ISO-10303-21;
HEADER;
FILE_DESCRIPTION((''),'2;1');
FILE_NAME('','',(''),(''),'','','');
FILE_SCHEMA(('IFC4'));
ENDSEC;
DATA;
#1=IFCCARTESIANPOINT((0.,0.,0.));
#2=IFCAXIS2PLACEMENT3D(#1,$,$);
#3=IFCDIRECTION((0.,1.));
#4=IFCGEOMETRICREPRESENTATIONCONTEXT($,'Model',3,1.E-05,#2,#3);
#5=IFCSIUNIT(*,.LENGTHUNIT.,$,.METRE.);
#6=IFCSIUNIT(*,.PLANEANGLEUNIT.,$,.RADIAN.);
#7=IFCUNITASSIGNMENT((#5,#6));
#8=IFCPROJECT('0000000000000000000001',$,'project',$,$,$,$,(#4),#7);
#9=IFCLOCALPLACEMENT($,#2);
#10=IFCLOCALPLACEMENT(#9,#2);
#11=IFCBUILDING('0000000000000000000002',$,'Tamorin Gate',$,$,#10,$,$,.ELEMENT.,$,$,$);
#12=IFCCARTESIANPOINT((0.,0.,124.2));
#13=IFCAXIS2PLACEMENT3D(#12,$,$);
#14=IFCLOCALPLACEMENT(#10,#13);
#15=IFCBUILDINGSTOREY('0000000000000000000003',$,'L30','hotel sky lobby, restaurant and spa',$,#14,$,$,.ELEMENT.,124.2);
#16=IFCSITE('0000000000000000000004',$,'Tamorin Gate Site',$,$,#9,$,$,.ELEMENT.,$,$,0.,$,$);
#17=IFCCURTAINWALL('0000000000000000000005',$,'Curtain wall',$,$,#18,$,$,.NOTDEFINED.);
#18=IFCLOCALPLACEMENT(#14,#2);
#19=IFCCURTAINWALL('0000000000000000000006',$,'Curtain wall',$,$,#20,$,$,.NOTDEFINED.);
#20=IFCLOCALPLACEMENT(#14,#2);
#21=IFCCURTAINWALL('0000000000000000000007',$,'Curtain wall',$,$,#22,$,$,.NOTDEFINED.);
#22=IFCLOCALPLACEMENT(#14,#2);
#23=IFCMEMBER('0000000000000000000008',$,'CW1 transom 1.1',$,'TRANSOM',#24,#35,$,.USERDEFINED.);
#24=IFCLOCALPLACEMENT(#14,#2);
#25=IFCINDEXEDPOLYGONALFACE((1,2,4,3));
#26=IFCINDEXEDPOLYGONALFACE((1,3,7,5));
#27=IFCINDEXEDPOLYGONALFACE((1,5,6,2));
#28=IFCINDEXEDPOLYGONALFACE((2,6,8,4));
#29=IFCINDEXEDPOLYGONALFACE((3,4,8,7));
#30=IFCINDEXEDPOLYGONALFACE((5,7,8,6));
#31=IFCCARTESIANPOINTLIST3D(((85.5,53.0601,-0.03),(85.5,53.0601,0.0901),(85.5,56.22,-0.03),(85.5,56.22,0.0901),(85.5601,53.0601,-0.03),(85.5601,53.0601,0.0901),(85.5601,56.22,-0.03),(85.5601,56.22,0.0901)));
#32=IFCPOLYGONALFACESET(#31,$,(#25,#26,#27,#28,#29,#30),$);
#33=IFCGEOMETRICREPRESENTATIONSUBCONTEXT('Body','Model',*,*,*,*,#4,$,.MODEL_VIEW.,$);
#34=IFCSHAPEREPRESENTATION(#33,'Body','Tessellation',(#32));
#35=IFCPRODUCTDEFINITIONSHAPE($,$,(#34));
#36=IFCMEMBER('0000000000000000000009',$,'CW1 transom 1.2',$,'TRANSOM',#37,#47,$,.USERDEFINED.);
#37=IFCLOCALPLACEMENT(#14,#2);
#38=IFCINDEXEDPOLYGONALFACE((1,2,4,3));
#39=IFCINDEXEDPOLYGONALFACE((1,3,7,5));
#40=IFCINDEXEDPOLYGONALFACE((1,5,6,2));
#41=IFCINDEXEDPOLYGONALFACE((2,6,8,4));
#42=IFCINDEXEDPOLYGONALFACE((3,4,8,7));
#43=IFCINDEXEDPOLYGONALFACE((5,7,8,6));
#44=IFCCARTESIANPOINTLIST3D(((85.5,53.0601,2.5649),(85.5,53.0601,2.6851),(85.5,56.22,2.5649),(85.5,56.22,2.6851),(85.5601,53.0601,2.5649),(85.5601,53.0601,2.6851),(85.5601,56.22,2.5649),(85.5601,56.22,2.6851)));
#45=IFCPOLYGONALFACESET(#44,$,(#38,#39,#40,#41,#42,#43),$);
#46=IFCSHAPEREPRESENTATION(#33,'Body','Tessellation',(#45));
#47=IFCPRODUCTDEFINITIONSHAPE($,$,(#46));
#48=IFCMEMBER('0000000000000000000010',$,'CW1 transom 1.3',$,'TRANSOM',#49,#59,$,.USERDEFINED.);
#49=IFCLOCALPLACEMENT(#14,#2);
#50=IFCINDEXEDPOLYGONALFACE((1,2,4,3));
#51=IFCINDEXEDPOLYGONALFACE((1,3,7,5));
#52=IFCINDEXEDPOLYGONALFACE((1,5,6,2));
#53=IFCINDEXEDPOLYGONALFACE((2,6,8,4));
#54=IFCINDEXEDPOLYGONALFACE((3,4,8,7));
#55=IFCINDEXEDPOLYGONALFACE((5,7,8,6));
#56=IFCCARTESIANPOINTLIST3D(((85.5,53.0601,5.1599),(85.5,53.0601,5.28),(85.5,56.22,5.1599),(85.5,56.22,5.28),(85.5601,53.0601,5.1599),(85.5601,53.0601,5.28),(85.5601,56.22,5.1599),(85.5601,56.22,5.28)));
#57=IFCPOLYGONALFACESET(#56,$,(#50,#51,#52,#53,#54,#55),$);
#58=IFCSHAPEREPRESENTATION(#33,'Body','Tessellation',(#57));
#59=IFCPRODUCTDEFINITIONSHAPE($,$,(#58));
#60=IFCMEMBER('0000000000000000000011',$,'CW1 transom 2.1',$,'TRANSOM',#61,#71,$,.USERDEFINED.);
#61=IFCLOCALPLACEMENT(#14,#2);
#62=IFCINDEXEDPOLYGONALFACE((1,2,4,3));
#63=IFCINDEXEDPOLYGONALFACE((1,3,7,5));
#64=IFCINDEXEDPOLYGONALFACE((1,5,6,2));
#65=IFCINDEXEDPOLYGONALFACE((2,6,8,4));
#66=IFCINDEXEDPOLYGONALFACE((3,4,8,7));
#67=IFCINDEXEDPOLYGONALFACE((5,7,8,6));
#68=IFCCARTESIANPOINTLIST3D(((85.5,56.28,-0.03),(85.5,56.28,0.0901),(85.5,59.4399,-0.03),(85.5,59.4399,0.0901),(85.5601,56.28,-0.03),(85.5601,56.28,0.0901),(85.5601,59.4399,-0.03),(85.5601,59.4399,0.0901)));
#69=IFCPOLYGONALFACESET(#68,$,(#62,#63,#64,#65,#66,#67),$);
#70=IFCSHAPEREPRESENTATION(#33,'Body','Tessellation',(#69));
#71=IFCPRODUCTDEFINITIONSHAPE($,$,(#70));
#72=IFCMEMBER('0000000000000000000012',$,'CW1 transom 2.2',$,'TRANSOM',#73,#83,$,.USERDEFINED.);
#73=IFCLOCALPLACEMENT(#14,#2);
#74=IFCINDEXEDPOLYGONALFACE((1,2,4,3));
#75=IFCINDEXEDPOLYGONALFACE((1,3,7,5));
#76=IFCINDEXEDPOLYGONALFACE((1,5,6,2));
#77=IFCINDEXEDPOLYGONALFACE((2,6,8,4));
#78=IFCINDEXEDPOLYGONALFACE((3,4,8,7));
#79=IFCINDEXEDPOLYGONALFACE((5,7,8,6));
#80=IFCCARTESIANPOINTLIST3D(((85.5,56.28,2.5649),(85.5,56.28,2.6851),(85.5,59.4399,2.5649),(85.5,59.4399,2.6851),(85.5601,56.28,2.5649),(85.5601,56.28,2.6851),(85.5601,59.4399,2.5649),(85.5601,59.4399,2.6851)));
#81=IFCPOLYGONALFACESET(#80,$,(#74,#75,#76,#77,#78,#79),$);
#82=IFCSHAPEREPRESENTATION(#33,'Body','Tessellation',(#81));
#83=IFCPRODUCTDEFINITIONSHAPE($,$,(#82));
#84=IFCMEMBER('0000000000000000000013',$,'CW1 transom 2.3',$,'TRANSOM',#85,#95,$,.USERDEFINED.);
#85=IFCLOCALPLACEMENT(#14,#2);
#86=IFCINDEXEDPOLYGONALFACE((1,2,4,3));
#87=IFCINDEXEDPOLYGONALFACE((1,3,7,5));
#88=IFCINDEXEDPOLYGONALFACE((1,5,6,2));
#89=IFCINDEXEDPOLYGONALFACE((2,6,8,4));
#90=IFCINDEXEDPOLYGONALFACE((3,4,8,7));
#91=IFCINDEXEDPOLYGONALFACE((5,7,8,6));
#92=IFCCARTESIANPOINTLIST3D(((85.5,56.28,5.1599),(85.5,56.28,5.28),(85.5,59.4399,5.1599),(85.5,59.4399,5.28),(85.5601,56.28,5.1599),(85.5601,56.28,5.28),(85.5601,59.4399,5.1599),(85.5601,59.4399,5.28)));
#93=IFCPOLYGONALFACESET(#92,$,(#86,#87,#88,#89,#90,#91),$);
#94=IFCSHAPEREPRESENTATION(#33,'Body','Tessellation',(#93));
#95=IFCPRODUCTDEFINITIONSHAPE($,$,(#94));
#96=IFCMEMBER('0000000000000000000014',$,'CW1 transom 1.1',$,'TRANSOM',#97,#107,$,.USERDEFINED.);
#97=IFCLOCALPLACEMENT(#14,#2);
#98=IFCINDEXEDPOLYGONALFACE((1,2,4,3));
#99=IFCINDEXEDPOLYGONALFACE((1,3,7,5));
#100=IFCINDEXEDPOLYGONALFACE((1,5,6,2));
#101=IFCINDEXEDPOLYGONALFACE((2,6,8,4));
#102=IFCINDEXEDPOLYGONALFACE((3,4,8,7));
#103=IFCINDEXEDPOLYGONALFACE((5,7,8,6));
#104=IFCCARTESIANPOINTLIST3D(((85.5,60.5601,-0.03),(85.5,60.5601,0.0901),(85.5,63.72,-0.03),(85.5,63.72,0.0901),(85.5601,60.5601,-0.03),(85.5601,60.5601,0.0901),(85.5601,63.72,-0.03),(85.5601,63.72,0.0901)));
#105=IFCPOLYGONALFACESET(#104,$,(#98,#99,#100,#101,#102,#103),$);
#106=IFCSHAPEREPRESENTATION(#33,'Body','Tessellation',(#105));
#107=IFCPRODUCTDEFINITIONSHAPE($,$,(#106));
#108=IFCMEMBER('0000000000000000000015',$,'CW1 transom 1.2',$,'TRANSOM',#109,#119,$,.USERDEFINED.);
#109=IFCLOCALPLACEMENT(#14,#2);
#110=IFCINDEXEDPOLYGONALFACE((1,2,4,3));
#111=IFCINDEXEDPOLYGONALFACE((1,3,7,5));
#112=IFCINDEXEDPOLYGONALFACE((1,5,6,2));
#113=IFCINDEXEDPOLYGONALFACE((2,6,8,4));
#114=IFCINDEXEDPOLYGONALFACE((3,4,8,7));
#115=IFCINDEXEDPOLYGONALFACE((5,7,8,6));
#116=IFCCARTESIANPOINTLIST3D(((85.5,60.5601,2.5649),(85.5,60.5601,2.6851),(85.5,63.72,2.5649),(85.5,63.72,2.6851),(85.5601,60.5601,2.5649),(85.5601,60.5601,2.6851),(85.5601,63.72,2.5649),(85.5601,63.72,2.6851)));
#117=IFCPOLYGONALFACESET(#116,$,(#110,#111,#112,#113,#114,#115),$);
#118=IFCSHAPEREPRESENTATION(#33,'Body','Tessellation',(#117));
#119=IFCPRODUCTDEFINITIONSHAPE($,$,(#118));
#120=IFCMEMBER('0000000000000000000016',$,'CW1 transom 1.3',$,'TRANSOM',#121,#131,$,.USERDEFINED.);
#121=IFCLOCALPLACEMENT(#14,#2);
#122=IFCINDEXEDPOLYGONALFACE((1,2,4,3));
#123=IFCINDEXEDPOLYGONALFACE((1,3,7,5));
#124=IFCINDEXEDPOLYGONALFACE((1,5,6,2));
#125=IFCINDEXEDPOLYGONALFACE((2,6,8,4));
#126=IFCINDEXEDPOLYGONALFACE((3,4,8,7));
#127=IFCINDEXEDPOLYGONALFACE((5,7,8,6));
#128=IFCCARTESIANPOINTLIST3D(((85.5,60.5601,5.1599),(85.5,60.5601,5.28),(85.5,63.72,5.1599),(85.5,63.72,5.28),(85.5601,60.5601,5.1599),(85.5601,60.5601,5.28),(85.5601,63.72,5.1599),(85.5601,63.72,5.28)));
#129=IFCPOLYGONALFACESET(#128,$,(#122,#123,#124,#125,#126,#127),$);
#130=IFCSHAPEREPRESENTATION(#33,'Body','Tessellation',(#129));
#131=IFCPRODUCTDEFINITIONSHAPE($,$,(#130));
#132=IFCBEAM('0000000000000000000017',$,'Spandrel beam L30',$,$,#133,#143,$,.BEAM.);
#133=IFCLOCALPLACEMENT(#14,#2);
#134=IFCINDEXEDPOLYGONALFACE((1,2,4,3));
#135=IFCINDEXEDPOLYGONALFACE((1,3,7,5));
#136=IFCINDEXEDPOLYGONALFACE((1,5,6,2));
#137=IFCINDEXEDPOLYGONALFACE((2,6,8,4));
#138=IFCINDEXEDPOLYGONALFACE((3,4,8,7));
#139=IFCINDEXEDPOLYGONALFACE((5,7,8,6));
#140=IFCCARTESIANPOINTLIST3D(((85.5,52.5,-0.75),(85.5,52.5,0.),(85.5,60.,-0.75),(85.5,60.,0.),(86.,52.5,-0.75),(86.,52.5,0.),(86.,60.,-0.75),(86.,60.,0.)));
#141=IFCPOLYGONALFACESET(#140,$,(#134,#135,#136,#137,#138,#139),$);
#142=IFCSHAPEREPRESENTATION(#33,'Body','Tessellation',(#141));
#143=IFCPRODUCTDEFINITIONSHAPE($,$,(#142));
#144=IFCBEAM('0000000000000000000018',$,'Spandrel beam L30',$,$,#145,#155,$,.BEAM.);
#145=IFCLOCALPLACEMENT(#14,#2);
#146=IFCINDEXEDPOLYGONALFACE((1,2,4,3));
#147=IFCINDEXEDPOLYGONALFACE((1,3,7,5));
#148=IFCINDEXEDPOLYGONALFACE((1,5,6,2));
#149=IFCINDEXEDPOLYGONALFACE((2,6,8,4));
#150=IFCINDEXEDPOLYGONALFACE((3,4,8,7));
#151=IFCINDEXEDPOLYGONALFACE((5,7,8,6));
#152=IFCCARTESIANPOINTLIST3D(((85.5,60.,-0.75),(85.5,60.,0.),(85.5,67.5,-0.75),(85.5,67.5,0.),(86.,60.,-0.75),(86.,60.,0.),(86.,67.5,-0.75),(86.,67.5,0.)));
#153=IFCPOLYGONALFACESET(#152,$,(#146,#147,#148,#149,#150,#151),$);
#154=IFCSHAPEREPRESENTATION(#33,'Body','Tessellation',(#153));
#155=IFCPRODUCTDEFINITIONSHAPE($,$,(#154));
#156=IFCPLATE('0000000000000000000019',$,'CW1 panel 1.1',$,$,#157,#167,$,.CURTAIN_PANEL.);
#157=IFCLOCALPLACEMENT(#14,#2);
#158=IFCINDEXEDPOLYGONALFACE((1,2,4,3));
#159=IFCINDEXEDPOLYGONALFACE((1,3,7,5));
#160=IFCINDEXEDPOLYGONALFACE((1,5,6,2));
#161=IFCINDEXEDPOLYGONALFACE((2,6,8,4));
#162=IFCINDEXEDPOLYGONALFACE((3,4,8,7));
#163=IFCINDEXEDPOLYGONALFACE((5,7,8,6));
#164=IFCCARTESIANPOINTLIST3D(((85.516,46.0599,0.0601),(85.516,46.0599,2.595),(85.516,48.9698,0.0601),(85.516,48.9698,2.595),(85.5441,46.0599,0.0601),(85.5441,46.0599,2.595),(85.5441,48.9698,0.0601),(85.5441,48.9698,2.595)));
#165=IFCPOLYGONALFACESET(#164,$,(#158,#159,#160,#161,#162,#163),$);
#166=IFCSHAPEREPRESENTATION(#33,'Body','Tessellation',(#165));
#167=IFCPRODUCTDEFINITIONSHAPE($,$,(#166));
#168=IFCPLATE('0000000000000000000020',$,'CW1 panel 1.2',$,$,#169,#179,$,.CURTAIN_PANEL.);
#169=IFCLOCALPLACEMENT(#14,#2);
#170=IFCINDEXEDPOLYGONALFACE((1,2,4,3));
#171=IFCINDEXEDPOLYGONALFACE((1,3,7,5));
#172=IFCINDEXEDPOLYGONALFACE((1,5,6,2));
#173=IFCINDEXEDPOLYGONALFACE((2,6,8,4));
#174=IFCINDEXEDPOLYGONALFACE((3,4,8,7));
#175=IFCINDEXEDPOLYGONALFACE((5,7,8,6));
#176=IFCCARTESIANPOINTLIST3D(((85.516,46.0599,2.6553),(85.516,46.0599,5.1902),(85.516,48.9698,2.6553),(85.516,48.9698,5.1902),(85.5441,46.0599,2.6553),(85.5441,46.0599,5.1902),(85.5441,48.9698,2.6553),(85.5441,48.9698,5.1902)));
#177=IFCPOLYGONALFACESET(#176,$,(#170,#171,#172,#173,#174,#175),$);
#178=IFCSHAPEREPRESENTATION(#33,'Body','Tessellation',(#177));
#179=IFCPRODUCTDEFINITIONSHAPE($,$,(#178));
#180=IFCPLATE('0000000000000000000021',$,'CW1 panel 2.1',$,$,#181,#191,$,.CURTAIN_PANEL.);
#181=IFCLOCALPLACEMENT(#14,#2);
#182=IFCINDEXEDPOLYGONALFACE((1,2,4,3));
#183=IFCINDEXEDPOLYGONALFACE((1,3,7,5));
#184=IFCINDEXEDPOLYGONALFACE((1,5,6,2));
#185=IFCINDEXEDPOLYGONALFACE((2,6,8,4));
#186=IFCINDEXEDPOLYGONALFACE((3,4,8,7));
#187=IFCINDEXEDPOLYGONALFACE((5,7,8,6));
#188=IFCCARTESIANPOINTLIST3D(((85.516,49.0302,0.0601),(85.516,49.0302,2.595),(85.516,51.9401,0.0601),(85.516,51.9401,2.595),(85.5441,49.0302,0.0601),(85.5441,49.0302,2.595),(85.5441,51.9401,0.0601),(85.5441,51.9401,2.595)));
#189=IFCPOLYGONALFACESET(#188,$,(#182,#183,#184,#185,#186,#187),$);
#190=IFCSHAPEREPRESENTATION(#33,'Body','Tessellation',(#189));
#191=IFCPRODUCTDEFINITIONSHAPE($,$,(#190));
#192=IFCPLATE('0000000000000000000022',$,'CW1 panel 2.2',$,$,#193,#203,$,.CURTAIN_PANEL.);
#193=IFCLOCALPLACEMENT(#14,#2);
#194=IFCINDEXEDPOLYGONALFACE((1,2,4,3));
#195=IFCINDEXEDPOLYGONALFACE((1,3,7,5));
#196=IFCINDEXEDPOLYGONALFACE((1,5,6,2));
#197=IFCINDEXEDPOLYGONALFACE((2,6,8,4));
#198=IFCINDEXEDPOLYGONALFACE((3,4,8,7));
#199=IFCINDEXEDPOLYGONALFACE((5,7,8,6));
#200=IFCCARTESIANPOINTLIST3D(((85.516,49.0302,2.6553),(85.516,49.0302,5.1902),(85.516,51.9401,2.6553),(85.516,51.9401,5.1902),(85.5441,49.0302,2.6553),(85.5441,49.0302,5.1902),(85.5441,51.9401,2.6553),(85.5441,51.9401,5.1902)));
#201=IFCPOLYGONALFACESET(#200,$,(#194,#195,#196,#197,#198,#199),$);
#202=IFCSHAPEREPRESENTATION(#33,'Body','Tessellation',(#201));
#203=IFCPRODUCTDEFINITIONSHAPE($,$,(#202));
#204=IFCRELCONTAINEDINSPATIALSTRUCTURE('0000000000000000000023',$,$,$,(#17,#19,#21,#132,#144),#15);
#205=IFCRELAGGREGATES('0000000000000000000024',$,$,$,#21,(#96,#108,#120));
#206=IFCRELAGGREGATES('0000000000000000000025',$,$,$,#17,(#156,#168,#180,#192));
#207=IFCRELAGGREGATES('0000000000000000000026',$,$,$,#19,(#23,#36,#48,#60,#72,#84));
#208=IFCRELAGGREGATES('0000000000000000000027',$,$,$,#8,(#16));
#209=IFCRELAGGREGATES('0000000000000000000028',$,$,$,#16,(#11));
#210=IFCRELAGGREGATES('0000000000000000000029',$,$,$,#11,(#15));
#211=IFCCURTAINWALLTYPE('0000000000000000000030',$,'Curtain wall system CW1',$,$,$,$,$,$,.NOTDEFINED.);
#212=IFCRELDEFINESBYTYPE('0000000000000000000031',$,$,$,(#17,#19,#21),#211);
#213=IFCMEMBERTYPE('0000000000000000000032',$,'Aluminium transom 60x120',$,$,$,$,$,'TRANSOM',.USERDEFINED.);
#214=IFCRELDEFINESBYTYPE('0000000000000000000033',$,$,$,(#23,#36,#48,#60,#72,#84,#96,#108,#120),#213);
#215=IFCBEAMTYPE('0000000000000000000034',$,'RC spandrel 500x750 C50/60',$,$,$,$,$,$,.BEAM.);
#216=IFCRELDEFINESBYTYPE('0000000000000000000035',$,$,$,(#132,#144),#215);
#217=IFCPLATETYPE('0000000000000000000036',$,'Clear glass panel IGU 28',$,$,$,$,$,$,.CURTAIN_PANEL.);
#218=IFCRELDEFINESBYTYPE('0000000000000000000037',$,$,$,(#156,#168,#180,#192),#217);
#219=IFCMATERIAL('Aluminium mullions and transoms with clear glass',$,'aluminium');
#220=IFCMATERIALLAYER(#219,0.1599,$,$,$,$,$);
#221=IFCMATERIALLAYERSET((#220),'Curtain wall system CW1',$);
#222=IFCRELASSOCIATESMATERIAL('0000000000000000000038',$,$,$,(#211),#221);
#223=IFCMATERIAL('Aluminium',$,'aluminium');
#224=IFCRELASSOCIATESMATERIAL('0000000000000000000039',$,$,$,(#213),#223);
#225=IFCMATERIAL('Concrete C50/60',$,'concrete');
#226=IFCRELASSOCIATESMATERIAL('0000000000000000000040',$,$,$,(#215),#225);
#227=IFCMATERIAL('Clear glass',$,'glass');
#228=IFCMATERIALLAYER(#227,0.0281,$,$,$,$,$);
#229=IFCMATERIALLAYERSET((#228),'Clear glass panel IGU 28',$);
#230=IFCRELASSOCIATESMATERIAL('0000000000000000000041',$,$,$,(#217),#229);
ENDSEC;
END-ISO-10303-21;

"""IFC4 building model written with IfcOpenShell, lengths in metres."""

from ifc_helpers import new_model, si_unit, direction, frame, origin, origin_2d, place, context, subcontext, project, spatial, rectangle, extrude, material, layer, layer_set, material_profile, profile_set, type_object, element, aggregate, save


model = new_model("IFC4")

# Units and contexts
model_context = context("Model", 3, precision=1e-05, world=origin(), true_north=direction((0.0, 1.0)))
body_context = subcontext(model_context, "Body", "Model", "MODEL_VIEW")
ifc_project = project(units=[si_unit("LENGTHUNIT", "METRE"), si_unit("PLANEANGLEUNIT", "RADIAN")], contexts=[model_context])

# Site, building, storey
site_placement = place(None, origin())
site = spatial("IfcSite", under=ifc_project, at=site_placement, Name="Tamorin Gate Site", CompositionType="ELEMENT", RefElevation=0.0)
building_placement = place(site_placement, origin())
building = spatial("IfcBuilding", under=site, at=building_placement, Name="Tamorin Gate", CompositionType="ELEMENT")
storey_placement = place(building_placement, frame((0.0, 0.0, 124.2)))
storey = spatial("IfcBuildingStorey", under=building, at=storey_placement, Name="L30", Description="hotel sky lobby, restaurant and spa", CompositionType="ELEMENT", Elevation=124.2)

# Curtain walls
ifc_material_1 = material(Name="Aluminium mullions and transoms with clear glass", Category="aluminium")
ifc_layer_1 = layer(ifc_material_1, 0.1599)
ifc_layer_set_1 = layer_set([ifc_layer_1], Name="Curtain wall system CW1")
curtain_wall_type = type_object("IfcCurtainWallType", Name="Curtain wall system CW1", PredefinedType="NOTDEFINED", material=ifc_layer_set_1)
curtain_wall_1_placement = place(storey_placement, origin())
curtain_wall_1 = element("IfcCurtainWall", 1, at=curtain_wall_1_placement, inside=storey, type_object=curtain_wall_type, Name="Curtain wall", PredefinedType="NOTDEFINED")
ifc_material_2 = material(Name="Aluminium", Category="aluminium")
curtain_wall_2_placement = place(storey_placement, origin())
curtain_wall_2 = element("IfcCurtainWall", 2, at=curtain_wall_2_placement, inside=storey, type_object=curtain_wall_type, Name="Curtain wall", PredefinedType="NOTDEFINED")

# Curtain wall
curtain_wall_3_placement = place(storey_placement, origin())
curtain_wall_3 = element("IfcCurtainWall", 3, at=curtain_wall_3_placement, inside=storey, type_object=curtain_wall_type, Name="Curtain wall", PredefinedType="NOTDEFINED")

# Members
ifc_material_profile_1 = material_profile(ifc_material_2, rectangle(XDim=0.0601, YDim=0.1201, at=origin_2d()), Name="RECT 60x120")
ifc_profile_set_1 = profile_set([ifc_material_profile_1], Name="Aluminium")
member_type_1 = type_object("IfcMemberType", Name="Aluminium transom 60x120", ElementType="TRANSOM", PredefinedType="USERDEFINED", material=ifc_profile_set_1)
member_1_placement = place(storey_placement, frame((85.53, 53.0601, 0.03), z_axis=(0.0, 1.0, 0.0), x_axis=(-1.0, 0.0, 0.0)))
member_1 = element("IfcMember", 4, at=member_1_placement, type_object=member_type_1, Name="CW1 transom 1.1", ObjectType="TRANSOM", PredefinedType="USERDEFINED", context=body_context, shape_type="SweptSolid", body=[
    extrude(rectangle(XDim=0.0601, YDim=0.1201, at=origin_2d()), origin(), (0.0, 0.0, 1.0), 3.1599),
])
member_2_placement = place(storey_placement, frame((85.53, 53.0601, 2.625), z_axis=(0.0, 1.0, 0.0), x_axis=(-1.0, 0.0, 0.0)))
member_2 = element("IfcMember", 5, at=member_2_placement, type_object=member_type_1, Name="CW1 transom 1.2", ObjectType="TRANSOM", PredefinedType="USERDEFINED", context=body_context, shape_type="SweptSolid", body=[
    extrude(rectangle(XDim=0.0601, YDim=0.1201, at=origin_2d()), origin(), (0.0, 0.0, 1.0), 3.1599),
])
member_3_placement = place(storey_placement, frame((85.53, 53.0601, 5.22), z_axis=(0.0, 1.0, 0.0), x_axis=(-1.0, 0.0, 0.0)))
member_3 = element("IfcMember", 6, at=member_3_placement, type_object=member_type_1, Name="CW1 transom 1.3", ObjectType="TRANSOM", PredefinedType="USERDEFINED", context=body_context, shape_type="SweptSolid", body=[
    extrude(rectangle(XDim=0.0601, YDim=0.1201, at=origin_2d()), origin(), (0.0, 0.0, 1.0), 3.1599),
])
member_4_placement = place(storey_placement, frame((85.53, 56.28, 0.03), z_axis=(0.0, 1.0, 0.0), x_axis=(-1.0, 0.0, 0.0)))
member_4 = element("IfcMember", 7, at=member_4_placement, type_object=member_type_1, Name="CW1 transom 2.1", ObjectType="TRANSOM", PredefinedType="USERDEFINED", context=body_context, shape_type="SweptSolid", body=[
    extrude(rectangle(XDim=0.0601, YDim=0.1201, at=origin_2d()), origin(), (0.0, 0.0, 1.0), 3.1599),
])
member_5_placement = place(storey_placement, frame((85.53, 56.28, 2.625), z_axis=(0.0, 1.0, 0.0), x_axis=(-1.0, 0.0, 0.0)))
member_5 = element("IfcMember", 8, at=member_5_placement, type_object=member_type_1, Name="CW1 transom 2.2", ObjectType="TRANSOM", PredefinedType="USERDEFINED", context=body_context, shape_type="SweptSolid", body=[
    extrude(rectangle(XDim=0.0601, YDim=0.1201, at=origin_2d()), origin(), (0.0, 0.0, 1.0), 3.1599),
])
member_6_placement = place(storey_placement, frame((85.53, 56.28, 5.22), z_axis=(0.0, 1.0, 0.0), x_axis=(-1.0, 0.0, 0.0)))
member_6 = element("IfcMember", 9, at=member_6_placement, type_object=member_type_1, Name="CW1 transom 2.3", ObjectType="TRANSOM", PredefinedType="USERDEFINED", context=body_context, shape_type="SweptSolid", body=[
    extrude(rectangle(XDim=0.0601, YDim=0.1201, at=origin_2d()), origin(), (0.0, 0.0, 1.0), 3.1599),
])
member_7_placement = place(storey_placement, frame((85.53, 60.5601, 0.03), z_axis=(0.0, 1.0, 0.0), x_axis=(-1.0, 0.0, 0.0)))
member_7 = element("IfcMember", 10, at=member_7_placement, type_object=member_type_1, Name="CW1 transom 1.1", ObjectType="TRANSOM", PredefinedType="USERDEFINED", context=body_context, shape_type="SweptSolid", body=[
    extrude(rectangle(XDim=0.0601, YDim=0.1201, at=origin_2d()), origin(), (0.0, 0.0, 1.0), 3.1599),
])
member_8_placement = place(storey_placement, frame((85.53, 60.5601, 2.625), z_axis=(0.0, 1.0, 0.0), x_axis=(-1.0, 0.0, 0.0)))
member_8 = element("IfcMember", 11, at=member_8_placement, type_object=member_type_1, Name="CW1 transom 1.2", ObjectType="TRANSOM", PredefinedType="USERDEFINED", context=body_context, shape_type="SweptSolid", body=[
    extrude(rectangle(XDim=0.0601, YDim=0.1201, at=origin_2d()), origin(), (0.0, 0.0, 1.0), 3.1599),
])
member_9_placement = place(storey_placement, frame((85.53, 60.5601, 5.22), z_axis=(0.0, 1.0, 0.0), x_axis=(-1.0, 0.0, 0.0)))
member_9 = element("IfcMember", 12, at=member_9_placement, type_object=member_type_1, Name="CW1 transom 1.3", ObjectType="TRANSOM", PredefinedType="USERDEFINED", context=body_context, shape_type="SweptSolid", body=[
    extrude(rectangle(XDim=0.0601, YDim=0.1201, at=origin_2d()), origin(), (0.0, 0.0, 1.0), 3.1599),
])
aggregate(curtain_wall_3, [member_7, member_8, member_9])

# Beams
ifc_material_3 = material(Name="Concrete C50/60", Category="concrete")
ifc_material_profile_2 = material_profile(ifc_material_3, rectangle(XDim=0.5, YDim=0.75, at=origin_2d()), Name="RC 500x750")
ifc_profile_set_2 = profile_set([ifc_material_profile_2], Name="Concrete C50/60")
beam_type = type_object("IfcBeamType", Name="RC spandrel 500x750 C50/60", PredefinedType="BEAM", material=ifc_profile_set_2)
for number, where, z_axis, x_axis, name in (
    (13, (85.75, 52.5, -0.375), (0.0, 1.0, 0.0), (-1.0, 0.0, 0.0), "Spandrel beam L30"),
    (14, (85.75, 60.0, -0.375), (0.0, 1.0, 0.0), (-1.0, 0.0, 0.0), "Spandrel beam L30"),
):
    element("IfcBeam", number, at=place(storey_placement, frame(where, z_axis=z_axis, x_axis=x_axis)), inside=storey, type_object=beam_type, Name=name, PredefinedType="BEAM", context=body_context, shape_type="SweptSolid", body=[
        extrude(rectangle(XDim=0.5, YDim=0.75, at=origin_2d()), origin(), (0.0, 0.0, 1.0), 7.5),
    ])

# Plates
ifc_material_4 = material(Name="Clear glass", Category="glass")
ifc_layer_2 = layer(ifc_material_4, 0.0281)
ifc_layer_set_2 = layer_set([ifc_layer_2], Name="Clear glass panel IGU 28")
plate_type = type_object("IfcPlateType", Name="Clear glass panel IGU 28", PredefinedType="CURTAIN_PANEL", material=ifc_layer_set_2)
plate_1_placement = place(storey_placement, frame((85.53, 47.5149, 0.0601), z_axis=(0.0, 0.0, 1.0), x_axis=(0.0, 1.0, 0.0)))
plate_1 = element("IfcPlate", 15, at=plate_1_placement, type_object=plate_type, Name="CW1 panel 1.1", PredefinedType="CURTAIN_PANEL", context=body_context, shape_type="SweptSolid", body=[
    extrude(rectangle(XDim=2.9099, YDim=0.0281, at=origin_2d()), origin(), (0.0, 0.0, 1.0), 2.5349),
])
plate_2_placement = place(storey_placement, frame((85.53, 47.5149, 2.6553), z_axis=(0.0, 0.0, 1.0), x_axis=(0.0, 1.0, 0.0)))
plate_2 = element("IfcPlate", 16, at=plate_2_placement, type_object=plate_type, Name="CW1 panel 1.2", PredefinedType="CURTAIN_PANEL", context=body_context, shape_type="SweptSolid", body=[
    extrude(rectangle(XDim=2.9099, YDim=0.0281, at=origin_2d()), origin(), (0.0, 0.0, 1.0), 2.5349),
])
plate_3_placement = place(storey_placement, frame((85.53, 50.4851, 0.0601), z_axis=(0.0, 0.0, 1.0), x_axis=(0.0, 1.0, 0.0)))
plate_3 = element("IfcPlate", 17, at=plate_3_placement, type_object=plate_type, Name="CW1 panel 2.1", PredefinedType="CURTAIN_PANEL", context=body_context, shape_type="SweptSolid", body=[
    extrude(rectangle(XDim=2.9099, YDim=0.0281, at=origin_2d()), origin(), (0.0, 0.0, 1.0), 2.5349),
])
plate_4_placement = place(storey_placement, frame((85.53, 50.4851, 2.6553), z_axis=(0.0, 0.0, 1.0), x_axis=(0.0, 1.0, 0.0)))
plate_4 = element("IfcPlate", 18, at=plate_4_placement, type_object=plate_type, Name="CW1 panel 2.2", PredefinedType="CURTAIN_PANEL", context=body_context, shape_type="SweptSolid", body=[
    extrude(rectangle(XDim=2.9099, YDim=0.0281, at=origin_2d()), origin(), (0.0, 0.0, 1.0), 2.5349),
])
aggregate(curtain_wall_1, [plate_1, plate_2, plate_3, plate_4])
aggregate(curtain_wall_2, [member_1, member_2, member_3, member_4, member_5, member_6])

save(model, "model.ifc")
